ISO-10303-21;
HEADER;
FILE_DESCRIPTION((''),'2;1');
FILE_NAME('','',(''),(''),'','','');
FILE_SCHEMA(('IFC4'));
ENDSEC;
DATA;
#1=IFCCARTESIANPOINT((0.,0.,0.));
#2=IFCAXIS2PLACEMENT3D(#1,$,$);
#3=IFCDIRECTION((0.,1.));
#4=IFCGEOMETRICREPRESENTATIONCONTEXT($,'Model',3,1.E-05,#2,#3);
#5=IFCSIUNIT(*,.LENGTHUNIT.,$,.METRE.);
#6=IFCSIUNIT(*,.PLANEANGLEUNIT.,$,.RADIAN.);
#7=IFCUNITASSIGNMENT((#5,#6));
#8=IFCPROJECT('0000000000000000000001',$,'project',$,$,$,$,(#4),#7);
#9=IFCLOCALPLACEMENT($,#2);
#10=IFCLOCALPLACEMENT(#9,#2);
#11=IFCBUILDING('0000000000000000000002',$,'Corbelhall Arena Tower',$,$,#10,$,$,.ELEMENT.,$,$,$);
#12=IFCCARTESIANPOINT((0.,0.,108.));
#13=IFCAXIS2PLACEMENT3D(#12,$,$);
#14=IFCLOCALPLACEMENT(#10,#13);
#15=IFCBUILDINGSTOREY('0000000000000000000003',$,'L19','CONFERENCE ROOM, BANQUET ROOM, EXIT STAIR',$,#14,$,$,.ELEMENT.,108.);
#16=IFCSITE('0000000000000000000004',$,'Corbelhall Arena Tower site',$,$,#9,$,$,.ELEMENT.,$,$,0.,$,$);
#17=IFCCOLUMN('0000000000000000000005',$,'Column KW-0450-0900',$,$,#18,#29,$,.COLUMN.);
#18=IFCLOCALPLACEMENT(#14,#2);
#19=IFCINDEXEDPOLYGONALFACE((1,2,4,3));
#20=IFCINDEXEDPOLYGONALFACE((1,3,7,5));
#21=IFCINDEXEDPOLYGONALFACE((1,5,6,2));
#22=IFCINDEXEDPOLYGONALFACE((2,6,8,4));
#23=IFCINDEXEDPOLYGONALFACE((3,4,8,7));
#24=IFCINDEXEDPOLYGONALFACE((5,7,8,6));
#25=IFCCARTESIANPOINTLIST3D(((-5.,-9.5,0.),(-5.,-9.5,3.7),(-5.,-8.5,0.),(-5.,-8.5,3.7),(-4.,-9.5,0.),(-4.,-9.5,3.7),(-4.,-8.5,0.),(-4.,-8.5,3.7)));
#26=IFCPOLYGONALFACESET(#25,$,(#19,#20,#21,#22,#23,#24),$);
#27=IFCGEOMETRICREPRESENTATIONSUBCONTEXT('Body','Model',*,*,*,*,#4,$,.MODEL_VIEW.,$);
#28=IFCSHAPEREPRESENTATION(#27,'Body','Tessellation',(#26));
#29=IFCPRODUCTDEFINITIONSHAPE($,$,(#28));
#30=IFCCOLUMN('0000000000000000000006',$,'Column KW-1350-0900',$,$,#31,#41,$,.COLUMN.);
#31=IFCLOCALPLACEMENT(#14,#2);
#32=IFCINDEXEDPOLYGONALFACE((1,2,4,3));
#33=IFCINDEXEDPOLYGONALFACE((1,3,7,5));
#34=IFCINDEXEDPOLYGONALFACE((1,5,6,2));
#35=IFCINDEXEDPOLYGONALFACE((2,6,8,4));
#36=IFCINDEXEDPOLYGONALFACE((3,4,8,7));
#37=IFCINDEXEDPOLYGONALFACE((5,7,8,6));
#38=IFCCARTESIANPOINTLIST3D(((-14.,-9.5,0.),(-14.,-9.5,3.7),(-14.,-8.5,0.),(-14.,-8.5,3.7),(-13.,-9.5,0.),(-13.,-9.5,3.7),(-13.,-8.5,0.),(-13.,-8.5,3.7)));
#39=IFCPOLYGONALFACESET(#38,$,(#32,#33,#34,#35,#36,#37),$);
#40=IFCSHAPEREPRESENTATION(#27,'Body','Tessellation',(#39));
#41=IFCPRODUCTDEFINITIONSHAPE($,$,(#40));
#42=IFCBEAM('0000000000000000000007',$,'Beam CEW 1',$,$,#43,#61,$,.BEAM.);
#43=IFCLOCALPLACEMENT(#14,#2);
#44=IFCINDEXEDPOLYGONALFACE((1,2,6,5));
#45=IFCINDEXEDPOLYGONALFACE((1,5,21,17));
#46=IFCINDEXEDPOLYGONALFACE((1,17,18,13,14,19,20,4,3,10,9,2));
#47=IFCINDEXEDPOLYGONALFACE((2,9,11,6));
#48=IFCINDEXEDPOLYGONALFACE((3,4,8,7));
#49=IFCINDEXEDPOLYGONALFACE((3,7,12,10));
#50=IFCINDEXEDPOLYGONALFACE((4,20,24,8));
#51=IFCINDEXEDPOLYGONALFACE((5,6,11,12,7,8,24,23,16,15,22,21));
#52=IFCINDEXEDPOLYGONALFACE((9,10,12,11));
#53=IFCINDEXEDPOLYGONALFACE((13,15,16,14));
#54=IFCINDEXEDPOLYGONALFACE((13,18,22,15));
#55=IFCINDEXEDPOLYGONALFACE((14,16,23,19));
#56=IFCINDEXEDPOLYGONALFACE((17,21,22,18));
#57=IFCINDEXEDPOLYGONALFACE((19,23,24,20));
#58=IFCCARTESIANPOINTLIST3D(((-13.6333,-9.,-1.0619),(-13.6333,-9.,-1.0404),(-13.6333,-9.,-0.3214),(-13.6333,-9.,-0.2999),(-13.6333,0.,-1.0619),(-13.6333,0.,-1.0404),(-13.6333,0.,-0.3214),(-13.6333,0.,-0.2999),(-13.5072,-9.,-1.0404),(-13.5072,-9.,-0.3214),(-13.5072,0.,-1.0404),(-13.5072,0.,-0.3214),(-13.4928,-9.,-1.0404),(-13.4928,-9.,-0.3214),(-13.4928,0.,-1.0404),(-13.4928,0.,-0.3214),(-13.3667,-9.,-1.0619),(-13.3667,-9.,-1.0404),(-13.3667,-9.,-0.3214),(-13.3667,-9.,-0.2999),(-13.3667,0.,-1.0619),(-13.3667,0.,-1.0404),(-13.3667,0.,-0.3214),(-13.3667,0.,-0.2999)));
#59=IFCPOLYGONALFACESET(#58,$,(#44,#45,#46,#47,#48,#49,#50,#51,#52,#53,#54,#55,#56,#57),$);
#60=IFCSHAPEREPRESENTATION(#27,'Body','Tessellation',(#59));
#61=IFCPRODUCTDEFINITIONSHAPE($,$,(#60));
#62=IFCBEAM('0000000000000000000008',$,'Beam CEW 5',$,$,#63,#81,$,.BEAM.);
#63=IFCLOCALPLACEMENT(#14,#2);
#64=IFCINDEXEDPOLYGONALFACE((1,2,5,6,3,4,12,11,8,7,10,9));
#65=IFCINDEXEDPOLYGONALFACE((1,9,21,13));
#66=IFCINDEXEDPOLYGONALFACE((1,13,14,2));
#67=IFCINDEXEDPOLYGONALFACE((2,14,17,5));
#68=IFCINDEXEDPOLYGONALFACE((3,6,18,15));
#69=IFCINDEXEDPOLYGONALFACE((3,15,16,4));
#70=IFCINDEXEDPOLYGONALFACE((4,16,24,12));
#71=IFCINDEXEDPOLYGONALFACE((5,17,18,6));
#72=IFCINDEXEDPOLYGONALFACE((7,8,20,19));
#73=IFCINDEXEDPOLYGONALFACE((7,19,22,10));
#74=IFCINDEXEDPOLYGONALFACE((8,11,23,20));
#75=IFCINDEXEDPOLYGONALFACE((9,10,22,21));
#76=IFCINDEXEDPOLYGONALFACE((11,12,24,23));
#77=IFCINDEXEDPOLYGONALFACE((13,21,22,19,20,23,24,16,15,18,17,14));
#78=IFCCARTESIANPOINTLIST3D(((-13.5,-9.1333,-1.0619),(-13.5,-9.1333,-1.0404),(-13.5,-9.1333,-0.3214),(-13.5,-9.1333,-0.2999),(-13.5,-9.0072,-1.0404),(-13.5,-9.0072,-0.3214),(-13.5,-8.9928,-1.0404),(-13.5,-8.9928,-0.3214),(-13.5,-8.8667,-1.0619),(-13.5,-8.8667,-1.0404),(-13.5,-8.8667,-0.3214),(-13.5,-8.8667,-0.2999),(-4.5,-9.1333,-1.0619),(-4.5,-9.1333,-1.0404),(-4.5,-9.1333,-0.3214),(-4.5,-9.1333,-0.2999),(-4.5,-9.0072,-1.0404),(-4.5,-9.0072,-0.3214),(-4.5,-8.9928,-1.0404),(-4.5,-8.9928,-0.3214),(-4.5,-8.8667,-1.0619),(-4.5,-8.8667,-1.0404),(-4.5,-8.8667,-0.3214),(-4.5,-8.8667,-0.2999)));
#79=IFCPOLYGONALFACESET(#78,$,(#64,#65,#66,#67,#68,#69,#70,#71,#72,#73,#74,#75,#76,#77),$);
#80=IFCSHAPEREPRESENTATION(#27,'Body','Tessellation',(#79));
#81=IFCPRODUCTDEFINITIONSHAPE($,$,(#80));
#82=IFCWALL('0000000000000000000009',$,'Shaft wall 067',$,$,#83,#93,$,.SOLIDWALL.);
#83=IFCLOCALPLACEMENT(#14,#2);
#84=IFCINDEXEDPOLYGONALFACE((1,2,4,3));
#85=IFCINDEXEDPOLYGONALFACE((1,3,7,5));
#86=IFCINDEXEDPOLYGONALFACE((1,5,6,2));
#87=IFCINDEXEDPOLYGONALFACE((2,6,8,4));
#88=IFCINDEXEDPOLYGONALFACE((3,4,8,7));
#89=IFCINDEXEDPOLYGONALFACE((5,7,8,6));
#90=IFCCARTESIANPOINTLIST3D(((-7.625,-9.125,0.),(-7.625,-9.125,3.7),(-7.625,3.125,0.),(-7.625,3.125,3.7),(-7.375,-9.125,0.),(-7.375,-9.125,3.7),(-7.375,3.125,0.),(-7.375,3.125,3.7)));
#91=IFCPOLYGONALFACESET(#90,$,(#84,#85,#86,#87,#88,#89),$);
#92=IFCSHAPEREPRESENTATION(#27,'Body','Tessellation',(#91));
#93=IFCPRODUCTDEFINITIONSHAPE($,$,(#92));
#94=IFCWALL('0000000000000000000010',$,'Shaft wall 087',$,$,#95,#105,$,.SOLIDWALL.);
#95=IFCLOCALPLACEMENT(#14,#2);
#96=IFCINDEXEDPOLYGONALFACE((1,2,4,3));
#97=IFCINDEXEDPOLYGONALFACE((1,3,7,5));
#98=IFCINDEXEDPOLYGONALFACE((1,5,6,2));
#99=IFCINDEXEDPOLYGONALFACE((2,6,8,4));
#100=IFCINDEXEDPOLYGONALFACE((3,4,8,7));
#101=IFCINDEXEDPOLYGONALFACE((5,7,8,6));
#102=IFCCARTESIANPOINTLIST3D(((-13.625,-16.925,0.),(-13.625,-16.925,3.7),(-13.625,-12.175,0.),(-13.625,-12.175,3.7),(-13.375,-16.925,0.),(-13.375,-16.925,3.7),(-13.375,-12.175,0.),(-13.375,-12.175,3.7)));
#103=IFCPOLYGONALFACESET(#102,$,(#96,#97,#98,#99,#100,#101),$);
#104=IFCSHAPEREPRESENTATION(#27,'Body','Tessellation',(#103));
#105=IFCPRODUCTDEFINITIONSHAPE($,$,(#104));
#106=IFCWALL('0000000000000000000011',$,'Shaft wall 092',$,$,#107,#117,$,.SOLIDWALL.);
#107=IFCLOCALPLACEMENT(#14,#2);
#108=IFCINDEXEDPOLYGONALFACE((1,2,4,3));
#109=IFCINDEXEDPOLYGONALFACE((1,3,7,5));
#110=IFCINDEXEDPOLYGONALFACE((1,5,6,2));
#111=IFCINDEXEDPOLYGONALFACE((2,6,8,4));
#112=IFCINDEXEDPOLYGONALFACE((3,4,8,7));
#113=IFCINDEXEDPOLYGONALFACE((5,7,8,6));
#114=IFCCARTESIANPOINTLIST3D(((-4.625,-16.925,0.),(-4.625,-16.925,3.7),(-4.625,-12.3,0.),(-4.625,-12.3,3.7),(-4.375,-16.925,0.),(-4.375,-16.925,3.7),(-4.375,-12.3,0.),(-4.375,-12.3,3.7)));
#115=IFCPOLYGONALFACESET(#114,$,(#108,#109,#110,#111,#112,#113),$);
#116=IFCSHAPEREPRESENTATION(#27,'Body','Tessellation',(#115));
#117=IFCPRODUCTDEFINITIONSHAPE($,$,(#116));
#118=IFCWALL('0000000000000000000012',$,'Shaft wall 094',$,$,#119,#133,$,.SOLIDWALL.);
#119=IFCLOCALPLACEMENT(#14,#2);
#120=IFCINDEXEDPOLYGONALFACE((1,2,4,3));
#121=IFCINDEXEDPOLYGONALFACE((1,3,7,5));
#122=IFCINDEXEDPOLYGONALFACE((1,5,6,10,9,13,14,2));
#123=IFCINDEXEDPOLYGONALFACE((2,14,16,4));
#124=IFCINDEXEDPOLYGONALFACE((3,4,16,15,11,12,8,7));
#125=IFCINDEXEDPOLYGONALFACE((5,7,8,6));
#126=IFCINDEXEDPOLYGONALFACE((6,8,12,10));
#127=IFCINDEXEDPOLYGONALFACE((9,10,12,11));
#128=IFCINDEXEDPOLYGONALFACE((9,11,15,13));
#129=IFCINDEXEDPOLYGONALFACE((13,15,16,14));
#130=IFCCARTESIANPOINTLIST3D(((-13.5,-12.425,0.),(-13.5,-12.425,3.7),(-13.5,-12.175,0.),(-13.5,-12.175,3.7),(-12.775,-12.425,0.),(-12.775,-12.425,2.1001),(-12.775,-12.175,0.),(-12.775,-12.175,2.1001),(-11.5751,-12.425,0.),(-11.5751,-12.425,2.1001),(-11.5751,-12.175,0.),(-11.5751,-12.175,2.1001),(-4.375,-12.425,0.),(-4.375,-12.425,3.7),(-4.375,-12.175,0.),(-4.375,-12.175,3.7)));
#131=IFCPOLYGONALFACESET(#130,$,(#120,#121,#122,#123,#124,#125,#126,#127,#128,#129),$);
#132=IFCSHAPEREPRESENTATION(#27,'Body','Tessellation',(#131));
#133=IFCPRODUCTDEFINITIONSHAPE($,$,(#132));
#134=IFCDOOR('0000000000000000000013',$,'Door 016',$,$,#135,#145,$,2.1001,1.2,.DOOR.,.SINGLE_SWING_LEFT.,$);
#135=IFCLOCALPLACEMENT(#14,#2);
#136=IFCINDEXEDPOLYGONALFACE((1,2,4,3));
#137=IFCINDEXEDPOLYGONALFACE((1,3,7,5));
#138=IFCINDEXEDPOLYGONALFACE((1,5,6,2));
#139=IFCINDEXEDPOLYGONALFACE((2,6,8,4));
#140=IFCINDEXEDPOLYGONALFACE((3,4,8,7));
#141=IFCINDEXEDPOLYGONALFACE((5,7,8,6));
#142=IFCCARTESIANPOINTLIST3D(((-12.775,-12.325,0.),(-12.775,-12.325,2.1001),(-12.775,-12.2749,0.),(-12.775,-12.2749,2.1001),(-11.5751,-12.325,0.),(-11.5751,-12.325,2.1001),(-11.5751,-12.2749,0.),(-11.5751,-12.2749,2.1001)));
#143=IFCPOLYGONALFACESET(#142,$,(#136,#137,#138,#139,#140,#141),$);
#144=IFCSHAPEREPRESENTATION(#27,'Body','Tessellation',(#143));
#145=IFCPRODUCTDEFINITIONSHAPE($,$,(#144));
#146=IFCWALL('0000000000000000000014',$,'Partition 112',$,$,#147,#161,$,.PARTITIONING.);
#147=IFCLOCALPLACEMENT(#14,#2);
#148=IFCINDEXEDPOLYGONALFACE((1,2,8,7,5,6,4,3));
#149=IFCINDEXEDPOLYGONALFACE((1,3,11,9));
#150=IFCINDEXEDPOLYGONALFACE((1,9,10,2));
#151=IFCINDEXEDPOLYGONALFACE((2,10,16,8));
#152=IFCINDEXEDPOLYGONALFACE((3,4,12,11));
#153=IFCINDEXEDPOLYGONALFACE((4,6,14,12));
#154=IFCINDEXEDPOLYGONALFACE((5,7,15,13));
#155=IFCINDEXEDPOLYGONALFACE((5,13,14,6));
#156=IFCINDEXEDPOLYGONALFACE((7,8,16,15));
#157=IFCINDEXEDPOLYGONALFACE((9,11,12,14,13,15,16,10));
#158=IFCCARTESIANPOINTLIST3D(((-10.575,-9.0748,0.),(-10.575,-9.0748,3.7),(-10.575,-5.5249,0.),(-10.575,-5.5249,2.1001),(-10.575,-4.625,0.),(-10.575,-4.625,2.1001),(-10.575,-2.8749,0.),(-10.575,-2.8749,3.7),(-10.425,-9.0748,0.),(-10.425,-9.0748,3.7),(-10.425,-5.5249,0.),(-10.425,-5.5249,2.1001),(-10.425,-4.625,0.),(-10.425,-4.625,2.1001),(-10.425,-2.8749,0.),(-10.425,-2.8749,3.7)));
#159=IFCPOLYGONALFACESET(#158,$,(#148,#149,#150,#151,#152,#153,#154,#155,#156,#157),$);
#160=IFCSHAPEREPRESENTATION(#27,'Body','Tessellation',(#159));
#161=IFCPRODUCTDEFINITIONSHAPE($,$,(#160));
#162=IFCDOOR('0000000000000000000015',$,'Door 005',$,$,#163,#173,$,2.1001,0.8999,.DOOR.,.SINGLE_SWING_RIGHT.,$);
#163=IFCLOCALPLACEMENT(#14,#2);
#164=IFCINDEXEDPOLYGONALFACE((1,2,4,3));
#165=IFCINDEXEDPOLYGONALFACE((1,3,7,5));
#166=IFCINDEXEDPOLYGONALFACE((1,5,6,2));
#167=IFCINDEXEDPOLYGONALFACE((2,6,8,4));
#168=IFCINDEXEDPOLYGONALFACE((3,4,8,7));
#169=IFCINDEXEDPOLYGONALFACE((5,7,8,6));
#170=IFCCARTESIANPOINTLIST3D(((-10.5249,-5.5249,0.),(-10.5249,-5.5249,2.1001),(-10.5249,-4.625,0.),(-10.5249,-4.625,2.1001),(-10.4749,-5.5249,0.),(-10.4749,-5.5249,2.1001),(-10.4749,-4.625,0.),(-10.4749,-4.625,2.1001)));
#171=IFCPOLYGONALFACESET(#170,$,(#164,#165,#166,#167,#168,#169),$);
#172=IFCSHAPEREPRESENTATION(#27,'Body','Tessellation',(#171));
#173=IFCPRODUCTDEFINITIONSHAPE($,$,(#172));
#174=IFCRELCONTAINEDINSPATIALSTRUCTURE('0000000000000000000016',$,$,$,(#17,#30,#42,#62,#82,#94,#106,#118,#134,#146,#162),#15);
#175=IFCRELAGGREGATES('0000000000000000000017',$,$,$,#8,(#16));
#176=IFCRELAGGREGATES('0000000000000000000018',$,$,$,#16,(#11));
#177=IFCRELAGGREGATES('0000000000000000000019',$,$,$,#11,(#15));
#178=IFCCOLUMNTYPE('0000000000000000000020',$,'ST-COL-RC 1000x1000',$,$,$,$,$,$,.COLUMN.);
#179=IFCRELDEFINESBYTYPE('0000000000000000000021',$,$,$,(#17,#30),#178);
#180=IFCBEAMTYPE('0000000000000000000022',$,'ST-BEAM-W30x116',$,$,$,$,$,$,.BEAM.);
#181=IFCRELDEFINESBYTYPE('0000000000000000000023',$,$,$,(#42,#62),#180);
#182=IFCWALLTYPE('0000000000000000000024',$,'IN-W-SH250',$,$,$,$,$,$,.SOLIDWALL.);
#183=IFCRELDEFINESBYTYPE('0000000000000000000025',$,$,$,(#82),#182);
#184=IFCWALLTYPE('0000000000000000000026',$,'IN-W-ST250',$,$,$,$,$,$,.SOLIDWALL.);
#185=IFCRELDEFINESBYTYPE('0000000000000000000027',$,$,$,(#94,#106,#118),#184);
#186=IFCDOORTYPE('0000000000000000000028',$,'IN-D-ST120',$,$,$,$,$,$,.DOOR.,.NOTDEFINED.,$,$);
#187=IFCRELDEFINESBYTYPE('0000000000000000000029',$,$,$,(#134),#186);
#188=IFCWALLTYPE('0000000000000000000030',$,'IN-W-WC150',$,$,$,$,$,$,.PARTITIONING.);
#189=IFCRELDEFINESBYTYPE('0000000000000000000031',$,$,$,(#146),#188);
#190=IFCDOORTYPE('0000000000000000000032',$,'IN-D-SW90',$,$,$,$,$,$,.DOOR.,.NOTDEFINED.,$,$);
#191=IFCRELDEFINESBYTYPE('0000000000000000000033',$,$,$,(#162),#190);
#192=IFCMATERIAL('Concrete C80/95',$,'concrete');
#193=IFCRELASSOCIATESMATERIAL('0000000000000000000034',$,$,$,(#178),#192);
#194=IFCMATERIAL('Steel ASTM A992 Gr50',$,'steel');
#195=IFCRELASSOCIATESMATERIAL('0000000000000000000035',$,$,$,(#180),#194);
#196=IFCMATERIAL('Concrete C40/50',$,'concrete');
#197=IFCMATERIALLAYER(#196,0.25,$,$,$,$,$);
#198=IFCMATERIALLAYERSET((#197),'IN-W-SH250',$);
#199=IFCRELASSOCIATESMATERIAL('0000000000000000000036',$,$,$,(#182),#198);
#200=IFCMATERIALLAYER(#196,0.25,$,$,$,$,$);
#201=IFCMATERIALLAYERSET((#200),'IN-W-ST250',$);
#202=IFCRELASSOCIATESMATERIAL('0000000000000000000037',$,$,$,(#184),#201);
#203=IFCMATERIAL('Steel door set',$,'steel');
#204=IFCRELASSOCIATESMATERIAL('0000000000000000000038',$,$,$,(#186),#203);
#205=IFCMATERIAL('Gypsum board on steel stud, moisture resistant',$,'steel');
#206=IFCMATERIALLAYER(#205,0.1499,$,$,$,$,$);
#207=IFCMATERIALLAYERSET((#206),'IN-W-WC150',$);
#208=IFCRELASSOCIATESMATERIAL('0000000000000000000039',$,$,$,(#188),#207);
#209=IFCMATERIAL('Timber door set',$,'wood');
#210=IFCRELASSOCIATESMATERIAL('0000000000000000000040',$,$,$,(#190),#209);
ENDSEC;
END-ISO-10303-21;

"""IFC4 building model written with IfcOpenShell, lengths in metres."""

from ifc_helpers import new_model, si_unit, direction, frame, frame_2d, origin, origin_2d, place, context, subcontext, project, spatial, rectangle, i_section, extrude, material, layer, layer_set, material_profile, profile_set, type_object, element, fill, save


model = new_model("IFC4")

# Units and contexts
model_context = context("Model", 3, precision=1e-05, world=origin(), true_north=direction((0.0, 1.0)))
body_context = subcontext(model_context, "Body", "Model", "MODEL_VIEW")
ifc_project = project(units=[si_unit("LENGTHUNIT", "METRE"), si_unit("PLANEANGLEUNIT", "RADIAN")], contexts=[model_context])

# Site, building, storey
site_placement = place(None, origin())
site = spatial("IfcSite", under=ifc_project, at=site_placement, Name="Corbelhall Arena Tower site", CompositionType="ELEMENT", RefElevation=0.0)
building_placement = place(site_placement, origin())
building = spatial("IfcBuilding", under=site, at=building_placement, Name="Corbelhall Arena Tower", CompositionType="ELEMENT")
storey_placement = place(building_placement, frame((0.0, 0.0, 108.0)))
storey = spatial("IfcBuildingStorey", under=building, at=storey_placement, Name="L19", Description="CONFERENCE ROOM, BANQUET ROOM, EXIT STAIR", CompositionType="ELEMENT", Elevation=108.0)

# Columns
ifc_material_1 = material(Name="Concrete C80/95", Category="concrete")
ifc_material_profile_1 = material_profile(ifc_material_1, rectangle(XDim=1.0, YDim=1.0, at=origin_2d()))
ifc_profile_set_1 = profile_set([ifc_material_profile_1], Name="Concrete C80/95")
column_type = type_object("IfcColumnType", Name="ST-COL-RC 1000x1000", PredefinedType="COLUMN", material=ifc_profile_set_1)
for number, where, z_axis, x_axis, name in (
    (1, (-4.5, -9.0, 0.0), (0.0, 0.0, 1.0), (1.0, 0.0, 0.0), "Column KW-0450-0900"),
    (2, (-13.5, -9.0, 0.0), (0.0, 0.0, 1.0), (1.0, 0.0, 0.0), "Column KW-1350-0900"),
):
    element("IfcColumn", number, at=place(storey_placement, frame(where, z_axis=z_axis, x_axis=x_axis)), inside=storey, type_object=column_type, Name=name, PredefinedType="COLUMN", context=body_context, shape_type="SweptSolid", body=[
        extrude(rectangle(XDim=1.0, YDim=1.0, at=origin_2d()), origin(), (0.0, 0.0, 1.0), 3.7),
    ])

# Beams
ifc_material_2 = material(Name="Steel ASTM A992 Gr50", Category="steel")
ifc_material_profile_2 = material_profile(ifc_material_2, i_section(OverallWidth=0.2666, OverallDepth=0.762, WebThickness=0.0144, FlangeThickness=0.0215, at=origin_2d()))
ifc_profile_set_2 = profile_set([ifc_material_profile_2], Name="Steel ASTM A992 Gr50")
beam_type = type_object("IfcBeamType", Name="ST-BEAM-W30x116", PredefinedType="BEAM", material=ifc_profile_set_2)
for number, where, z_axis, x_axis, name in (
    (3, (-13.5, -9.0, -0.6809), (0.0, 1.0, 0.0), (-1.0, 0.0, 0.0), "Beam CEW 1"),
    (4, (-13.5, -9.0, -0.6809), (1.0, 0.0, 0.0), (0.0, 1.0, 0.0), "Beam CEW 5"),
):
    element("IfcBeam", number, at=place(storey_placement, frame(where, z_axis=z_axis, x_axis=x_axis)), inside=storey, type_object=beam_type, Name=name, PredefinedType="BEAM", context=body_context, shape_type="SweptSolid", body=[
        extrude(i_section(OverallWidth=0.2666, OverallDepth=0.762, WebThickness=0.0144, FlangeThickness=0.0215, at=origin_2d()), origin(), (0.0, 0.0, 1.0), 9.0),
    ])

# Walls
ifc_material_3 = material(Name="Concrete C40/50", Category="concrete")
ifc_layer_1 = layer(ifc_material_3, 0.25)
ifc_layer_set_1 = layer_set([ifc_layer_1], Name="IN-W-SH250")
wall_type_1 = type_object("IfcWallType", Name="IN-W-SH250", PredefinedType="SOLIDWALL", material=ifc_layer_set_1)
wall_1_placement = place(storey_placement, frame((-7.5, -9.125, 0.0), z_axis=(0.0, 0.0, 1.0), x_axis=(0.0, 1.0, 0.0)))
element("IfcWall", 5, at=wall_1_placement, inside=storey, type_object=wall_type_1, Name="Shaft wall 067", PredefinedType="SOLIDWALL", context=body_context, shape_type="SweptSolid", body=[
    extrude(rectangle(XDim=12.25, YDim=0.25, at=frame_2d((6.125, 0.0))), origin(), (0.0, 0.0, 1.0), 3.7),
])
ifc_layer_2 = layer(ifc_material_3, 0.25)
ifc_layer_set_2 = layer_set([ifc_layer_2], Name="IN-W-ST250")
wall_type_2 = type_object("IfcWallType", Name="IN-W-ST250", PredefinedType="SOLIDWALL", material=ifc_layer_set_2)
wall_2_placement = place(storey_placement, frame((-13.5, -12.175, 0.0), z_axis=(0.0, 0.0, 1.0), x_axis=(0.0, -1.0, 0.0)))
element("IfcWall", 6, at=wall_2_placement, inside=storey, type_object=wall_type_2, Name="Shaft wall 087", PredefinedType="SOLIDWALL", context=body_context, shape_type="SweptSolid", body=[
    extrude(rectangle(XDim=4.75, YDim=0.25, at=frame_2d((2.375, 0.0))), origin(), (0.0, 0.0, 1.0), 3.7),
])
wall_3_placement = place(storey_placement, frame((-4.5, -12.3, 0.0), z_axis=(0.0, 0.0, 1.0), x_axis=(0.0, -1.0, 0.0)))
element("IfcWall", 7, at=wall_3_placement, inside=storey, type_object=wall_type_2, Name="Shaft wall 092", PredefinedType="SOLIDWALL", context=body_context, shape_type="SweptSolid", body=[
    extrude(rectangle(XDim=4.625, YDim=0.25, at=frame_2d((2.3125, 0.0))), origin(), (0.0, 0.0, 1.0), 3.7),
])

# Walls, openings, doors
wall_4_placement = place(storey_placement, frame((-4.375, -12.3, 0.0), z_axis=(0.0, 0.0, 1.0), x_axis=(-1.0, 0.0, 0.0)))
wall_4 = element("IfcWall", 8, at=wall_4_placement, inside=storey, type_object=wall_type_2, Name="Shaft wall 094", PredefinedType="SOLIDWALL", context=body_context, shape_type="SweptSolid", body=[
    extrude(rectangle(XDim=9.125, YDim=0.25, at=frame_2d((4.5625, 0.0))), origin(), (0.0, 0.0, 1.0), 3.7),
])
opening_1_placement = place(wall_4_placement, frame((7.2, 0.0, 0.0)))
opening_1 = element("IfcOpeningElement", 9, at=opening_1_placement, cuts=wall_4, PredefinedType="OPENING", context=body_context, shape_type="SweptSolid", body=[
    extrude(rectangle(XDim=1.2, YDim=2.1001, at=frame_2d((0.6001, 1.05))), frame((0.0, 0.125, 0.0), z_axis=(0.0, -1.0, 0.0), x_axis=(1.0, 0.0, 0.0)), (0.0, 0.0, 1.0), 0.25),
])
ifc_material_4 = material(Name="Steel door set", Category="steel")
door_type_1 = type_object("IfcDoorType", Name="IN-D-ST120", OperationType="NOTDEFINED", PredefinedType="DOOR", material=ifc_material_4)
door_1_placement = place(opening_1_placement, origin())
door_1 = element("IfcDoor", 10, at=door_1_placement, inside=storey, type_object=door_type_1, Name="Door 016", OperationType="SINGLE_SWING_LEFT", OverallHeight=2.1001, OverallWidth=1.2, PredefinedType="DOOR", context=body_context, shape_type="SweptSolid", body=[
    extrude(rectangle(XDim=1.2, YDim=2.1001, at=frame_2d((0.6001, 1.05))), frame((0.0, 0.0249, 0.0), z_axis=(0.0, -1.0, 0.0), x_axis=(1.0, 0.0, 0.0)), (0.0, 0.0, 1.0), 0.05),
])
fill(opening_1, door_1)
ifc_material_5 = material(Name="Gypsum board on steel stud, moisture resistant", Category="steel")
ifc_layer_3 = layer(ifc_material_5, 0.1499)
ifc_layer_set_3 = layer_set([ifc_layer_3], Name="IN-W-WC150")
wall_type_3 = type_object("IfcWallType", Name="IN-W-WC150", PredefinedType="PARTITIONING", material=ifc_layer_set_3)
wall_5_placement = place(storey_placement, frame((-10.5, -9.075, 0.0), z_axis=(0.0, 0.0, 1.0), x_axis=(0.0, 1.0, 0.0)))
wall_5 = element("IfcWall", 11, at=wall_5_placement, inside=storey, type_object=wall_type_3, Name="Partition 112", PredefinedType="PARTITIONING", context=body_context, shape_type="SweptSolid", body=[
    extrude(rectangle(XDim=6.2, YDim=0.1499, at=frame_2d((3.1001, 0.0))), origin(), (0.0, 0.0, 1.0), 3.7),
])
opening_2_placement = place(wall_5_placement, frame((3.55, 0.0, 0.0)))
opening_2 = element("IfcOpeningElement", 12, at=opening_2_placement, cuts=wall_5, PredefinedType="OPENING", context=body_context, shape_type="SweptSolid", body=[
    extrude(rectangle(XDim=0.8999, YDim=2.1001, at=frame_2d((0.45, 1.05))), frame((0.0, 0.075, 0.0), z_axis=(0.0, -1.0, 0.0), x_axis=(1.0, 0.0, 0.0)), (0.0, 0.0, 1.0), 0.1499),
])
ifc_material_6 = material(Name="Timber door set", Category="wood")
door_type_2 = type_object("IfcDoorType", Name="IN-D-SW90", OperationType="NOTDEFINED", PredefinedType="DOOR", material=ifc_material_6)
door_2_placement = place(opening_2_placement, origin())
door_2 = element("IfcDoor", 13, at=door_2_placement, inside=storey, type_object=door_type_2, Name="Door 005", OperationType="SINGLE_SWING_RIGHT", OverallHeight=2.1001, OverallWidth=0.8999, PredefinedType="DOOR", context=body_context, shape_type="SweptSolid", body=[
    extrude(rectangle(XDim=0.8999, YDim=2.1001, at=frame_2d((0.45, 1.05))), frame((0.0, 0.0249, 0.0), z_axis=(0.0, -1.0, 0.0), x_axis=(1.0, 0.0, 0.0)), (0.0, 0.0, 1.0), 0.05),
])
fill(opening_2, door_2)

save(model, "model.ifc")
